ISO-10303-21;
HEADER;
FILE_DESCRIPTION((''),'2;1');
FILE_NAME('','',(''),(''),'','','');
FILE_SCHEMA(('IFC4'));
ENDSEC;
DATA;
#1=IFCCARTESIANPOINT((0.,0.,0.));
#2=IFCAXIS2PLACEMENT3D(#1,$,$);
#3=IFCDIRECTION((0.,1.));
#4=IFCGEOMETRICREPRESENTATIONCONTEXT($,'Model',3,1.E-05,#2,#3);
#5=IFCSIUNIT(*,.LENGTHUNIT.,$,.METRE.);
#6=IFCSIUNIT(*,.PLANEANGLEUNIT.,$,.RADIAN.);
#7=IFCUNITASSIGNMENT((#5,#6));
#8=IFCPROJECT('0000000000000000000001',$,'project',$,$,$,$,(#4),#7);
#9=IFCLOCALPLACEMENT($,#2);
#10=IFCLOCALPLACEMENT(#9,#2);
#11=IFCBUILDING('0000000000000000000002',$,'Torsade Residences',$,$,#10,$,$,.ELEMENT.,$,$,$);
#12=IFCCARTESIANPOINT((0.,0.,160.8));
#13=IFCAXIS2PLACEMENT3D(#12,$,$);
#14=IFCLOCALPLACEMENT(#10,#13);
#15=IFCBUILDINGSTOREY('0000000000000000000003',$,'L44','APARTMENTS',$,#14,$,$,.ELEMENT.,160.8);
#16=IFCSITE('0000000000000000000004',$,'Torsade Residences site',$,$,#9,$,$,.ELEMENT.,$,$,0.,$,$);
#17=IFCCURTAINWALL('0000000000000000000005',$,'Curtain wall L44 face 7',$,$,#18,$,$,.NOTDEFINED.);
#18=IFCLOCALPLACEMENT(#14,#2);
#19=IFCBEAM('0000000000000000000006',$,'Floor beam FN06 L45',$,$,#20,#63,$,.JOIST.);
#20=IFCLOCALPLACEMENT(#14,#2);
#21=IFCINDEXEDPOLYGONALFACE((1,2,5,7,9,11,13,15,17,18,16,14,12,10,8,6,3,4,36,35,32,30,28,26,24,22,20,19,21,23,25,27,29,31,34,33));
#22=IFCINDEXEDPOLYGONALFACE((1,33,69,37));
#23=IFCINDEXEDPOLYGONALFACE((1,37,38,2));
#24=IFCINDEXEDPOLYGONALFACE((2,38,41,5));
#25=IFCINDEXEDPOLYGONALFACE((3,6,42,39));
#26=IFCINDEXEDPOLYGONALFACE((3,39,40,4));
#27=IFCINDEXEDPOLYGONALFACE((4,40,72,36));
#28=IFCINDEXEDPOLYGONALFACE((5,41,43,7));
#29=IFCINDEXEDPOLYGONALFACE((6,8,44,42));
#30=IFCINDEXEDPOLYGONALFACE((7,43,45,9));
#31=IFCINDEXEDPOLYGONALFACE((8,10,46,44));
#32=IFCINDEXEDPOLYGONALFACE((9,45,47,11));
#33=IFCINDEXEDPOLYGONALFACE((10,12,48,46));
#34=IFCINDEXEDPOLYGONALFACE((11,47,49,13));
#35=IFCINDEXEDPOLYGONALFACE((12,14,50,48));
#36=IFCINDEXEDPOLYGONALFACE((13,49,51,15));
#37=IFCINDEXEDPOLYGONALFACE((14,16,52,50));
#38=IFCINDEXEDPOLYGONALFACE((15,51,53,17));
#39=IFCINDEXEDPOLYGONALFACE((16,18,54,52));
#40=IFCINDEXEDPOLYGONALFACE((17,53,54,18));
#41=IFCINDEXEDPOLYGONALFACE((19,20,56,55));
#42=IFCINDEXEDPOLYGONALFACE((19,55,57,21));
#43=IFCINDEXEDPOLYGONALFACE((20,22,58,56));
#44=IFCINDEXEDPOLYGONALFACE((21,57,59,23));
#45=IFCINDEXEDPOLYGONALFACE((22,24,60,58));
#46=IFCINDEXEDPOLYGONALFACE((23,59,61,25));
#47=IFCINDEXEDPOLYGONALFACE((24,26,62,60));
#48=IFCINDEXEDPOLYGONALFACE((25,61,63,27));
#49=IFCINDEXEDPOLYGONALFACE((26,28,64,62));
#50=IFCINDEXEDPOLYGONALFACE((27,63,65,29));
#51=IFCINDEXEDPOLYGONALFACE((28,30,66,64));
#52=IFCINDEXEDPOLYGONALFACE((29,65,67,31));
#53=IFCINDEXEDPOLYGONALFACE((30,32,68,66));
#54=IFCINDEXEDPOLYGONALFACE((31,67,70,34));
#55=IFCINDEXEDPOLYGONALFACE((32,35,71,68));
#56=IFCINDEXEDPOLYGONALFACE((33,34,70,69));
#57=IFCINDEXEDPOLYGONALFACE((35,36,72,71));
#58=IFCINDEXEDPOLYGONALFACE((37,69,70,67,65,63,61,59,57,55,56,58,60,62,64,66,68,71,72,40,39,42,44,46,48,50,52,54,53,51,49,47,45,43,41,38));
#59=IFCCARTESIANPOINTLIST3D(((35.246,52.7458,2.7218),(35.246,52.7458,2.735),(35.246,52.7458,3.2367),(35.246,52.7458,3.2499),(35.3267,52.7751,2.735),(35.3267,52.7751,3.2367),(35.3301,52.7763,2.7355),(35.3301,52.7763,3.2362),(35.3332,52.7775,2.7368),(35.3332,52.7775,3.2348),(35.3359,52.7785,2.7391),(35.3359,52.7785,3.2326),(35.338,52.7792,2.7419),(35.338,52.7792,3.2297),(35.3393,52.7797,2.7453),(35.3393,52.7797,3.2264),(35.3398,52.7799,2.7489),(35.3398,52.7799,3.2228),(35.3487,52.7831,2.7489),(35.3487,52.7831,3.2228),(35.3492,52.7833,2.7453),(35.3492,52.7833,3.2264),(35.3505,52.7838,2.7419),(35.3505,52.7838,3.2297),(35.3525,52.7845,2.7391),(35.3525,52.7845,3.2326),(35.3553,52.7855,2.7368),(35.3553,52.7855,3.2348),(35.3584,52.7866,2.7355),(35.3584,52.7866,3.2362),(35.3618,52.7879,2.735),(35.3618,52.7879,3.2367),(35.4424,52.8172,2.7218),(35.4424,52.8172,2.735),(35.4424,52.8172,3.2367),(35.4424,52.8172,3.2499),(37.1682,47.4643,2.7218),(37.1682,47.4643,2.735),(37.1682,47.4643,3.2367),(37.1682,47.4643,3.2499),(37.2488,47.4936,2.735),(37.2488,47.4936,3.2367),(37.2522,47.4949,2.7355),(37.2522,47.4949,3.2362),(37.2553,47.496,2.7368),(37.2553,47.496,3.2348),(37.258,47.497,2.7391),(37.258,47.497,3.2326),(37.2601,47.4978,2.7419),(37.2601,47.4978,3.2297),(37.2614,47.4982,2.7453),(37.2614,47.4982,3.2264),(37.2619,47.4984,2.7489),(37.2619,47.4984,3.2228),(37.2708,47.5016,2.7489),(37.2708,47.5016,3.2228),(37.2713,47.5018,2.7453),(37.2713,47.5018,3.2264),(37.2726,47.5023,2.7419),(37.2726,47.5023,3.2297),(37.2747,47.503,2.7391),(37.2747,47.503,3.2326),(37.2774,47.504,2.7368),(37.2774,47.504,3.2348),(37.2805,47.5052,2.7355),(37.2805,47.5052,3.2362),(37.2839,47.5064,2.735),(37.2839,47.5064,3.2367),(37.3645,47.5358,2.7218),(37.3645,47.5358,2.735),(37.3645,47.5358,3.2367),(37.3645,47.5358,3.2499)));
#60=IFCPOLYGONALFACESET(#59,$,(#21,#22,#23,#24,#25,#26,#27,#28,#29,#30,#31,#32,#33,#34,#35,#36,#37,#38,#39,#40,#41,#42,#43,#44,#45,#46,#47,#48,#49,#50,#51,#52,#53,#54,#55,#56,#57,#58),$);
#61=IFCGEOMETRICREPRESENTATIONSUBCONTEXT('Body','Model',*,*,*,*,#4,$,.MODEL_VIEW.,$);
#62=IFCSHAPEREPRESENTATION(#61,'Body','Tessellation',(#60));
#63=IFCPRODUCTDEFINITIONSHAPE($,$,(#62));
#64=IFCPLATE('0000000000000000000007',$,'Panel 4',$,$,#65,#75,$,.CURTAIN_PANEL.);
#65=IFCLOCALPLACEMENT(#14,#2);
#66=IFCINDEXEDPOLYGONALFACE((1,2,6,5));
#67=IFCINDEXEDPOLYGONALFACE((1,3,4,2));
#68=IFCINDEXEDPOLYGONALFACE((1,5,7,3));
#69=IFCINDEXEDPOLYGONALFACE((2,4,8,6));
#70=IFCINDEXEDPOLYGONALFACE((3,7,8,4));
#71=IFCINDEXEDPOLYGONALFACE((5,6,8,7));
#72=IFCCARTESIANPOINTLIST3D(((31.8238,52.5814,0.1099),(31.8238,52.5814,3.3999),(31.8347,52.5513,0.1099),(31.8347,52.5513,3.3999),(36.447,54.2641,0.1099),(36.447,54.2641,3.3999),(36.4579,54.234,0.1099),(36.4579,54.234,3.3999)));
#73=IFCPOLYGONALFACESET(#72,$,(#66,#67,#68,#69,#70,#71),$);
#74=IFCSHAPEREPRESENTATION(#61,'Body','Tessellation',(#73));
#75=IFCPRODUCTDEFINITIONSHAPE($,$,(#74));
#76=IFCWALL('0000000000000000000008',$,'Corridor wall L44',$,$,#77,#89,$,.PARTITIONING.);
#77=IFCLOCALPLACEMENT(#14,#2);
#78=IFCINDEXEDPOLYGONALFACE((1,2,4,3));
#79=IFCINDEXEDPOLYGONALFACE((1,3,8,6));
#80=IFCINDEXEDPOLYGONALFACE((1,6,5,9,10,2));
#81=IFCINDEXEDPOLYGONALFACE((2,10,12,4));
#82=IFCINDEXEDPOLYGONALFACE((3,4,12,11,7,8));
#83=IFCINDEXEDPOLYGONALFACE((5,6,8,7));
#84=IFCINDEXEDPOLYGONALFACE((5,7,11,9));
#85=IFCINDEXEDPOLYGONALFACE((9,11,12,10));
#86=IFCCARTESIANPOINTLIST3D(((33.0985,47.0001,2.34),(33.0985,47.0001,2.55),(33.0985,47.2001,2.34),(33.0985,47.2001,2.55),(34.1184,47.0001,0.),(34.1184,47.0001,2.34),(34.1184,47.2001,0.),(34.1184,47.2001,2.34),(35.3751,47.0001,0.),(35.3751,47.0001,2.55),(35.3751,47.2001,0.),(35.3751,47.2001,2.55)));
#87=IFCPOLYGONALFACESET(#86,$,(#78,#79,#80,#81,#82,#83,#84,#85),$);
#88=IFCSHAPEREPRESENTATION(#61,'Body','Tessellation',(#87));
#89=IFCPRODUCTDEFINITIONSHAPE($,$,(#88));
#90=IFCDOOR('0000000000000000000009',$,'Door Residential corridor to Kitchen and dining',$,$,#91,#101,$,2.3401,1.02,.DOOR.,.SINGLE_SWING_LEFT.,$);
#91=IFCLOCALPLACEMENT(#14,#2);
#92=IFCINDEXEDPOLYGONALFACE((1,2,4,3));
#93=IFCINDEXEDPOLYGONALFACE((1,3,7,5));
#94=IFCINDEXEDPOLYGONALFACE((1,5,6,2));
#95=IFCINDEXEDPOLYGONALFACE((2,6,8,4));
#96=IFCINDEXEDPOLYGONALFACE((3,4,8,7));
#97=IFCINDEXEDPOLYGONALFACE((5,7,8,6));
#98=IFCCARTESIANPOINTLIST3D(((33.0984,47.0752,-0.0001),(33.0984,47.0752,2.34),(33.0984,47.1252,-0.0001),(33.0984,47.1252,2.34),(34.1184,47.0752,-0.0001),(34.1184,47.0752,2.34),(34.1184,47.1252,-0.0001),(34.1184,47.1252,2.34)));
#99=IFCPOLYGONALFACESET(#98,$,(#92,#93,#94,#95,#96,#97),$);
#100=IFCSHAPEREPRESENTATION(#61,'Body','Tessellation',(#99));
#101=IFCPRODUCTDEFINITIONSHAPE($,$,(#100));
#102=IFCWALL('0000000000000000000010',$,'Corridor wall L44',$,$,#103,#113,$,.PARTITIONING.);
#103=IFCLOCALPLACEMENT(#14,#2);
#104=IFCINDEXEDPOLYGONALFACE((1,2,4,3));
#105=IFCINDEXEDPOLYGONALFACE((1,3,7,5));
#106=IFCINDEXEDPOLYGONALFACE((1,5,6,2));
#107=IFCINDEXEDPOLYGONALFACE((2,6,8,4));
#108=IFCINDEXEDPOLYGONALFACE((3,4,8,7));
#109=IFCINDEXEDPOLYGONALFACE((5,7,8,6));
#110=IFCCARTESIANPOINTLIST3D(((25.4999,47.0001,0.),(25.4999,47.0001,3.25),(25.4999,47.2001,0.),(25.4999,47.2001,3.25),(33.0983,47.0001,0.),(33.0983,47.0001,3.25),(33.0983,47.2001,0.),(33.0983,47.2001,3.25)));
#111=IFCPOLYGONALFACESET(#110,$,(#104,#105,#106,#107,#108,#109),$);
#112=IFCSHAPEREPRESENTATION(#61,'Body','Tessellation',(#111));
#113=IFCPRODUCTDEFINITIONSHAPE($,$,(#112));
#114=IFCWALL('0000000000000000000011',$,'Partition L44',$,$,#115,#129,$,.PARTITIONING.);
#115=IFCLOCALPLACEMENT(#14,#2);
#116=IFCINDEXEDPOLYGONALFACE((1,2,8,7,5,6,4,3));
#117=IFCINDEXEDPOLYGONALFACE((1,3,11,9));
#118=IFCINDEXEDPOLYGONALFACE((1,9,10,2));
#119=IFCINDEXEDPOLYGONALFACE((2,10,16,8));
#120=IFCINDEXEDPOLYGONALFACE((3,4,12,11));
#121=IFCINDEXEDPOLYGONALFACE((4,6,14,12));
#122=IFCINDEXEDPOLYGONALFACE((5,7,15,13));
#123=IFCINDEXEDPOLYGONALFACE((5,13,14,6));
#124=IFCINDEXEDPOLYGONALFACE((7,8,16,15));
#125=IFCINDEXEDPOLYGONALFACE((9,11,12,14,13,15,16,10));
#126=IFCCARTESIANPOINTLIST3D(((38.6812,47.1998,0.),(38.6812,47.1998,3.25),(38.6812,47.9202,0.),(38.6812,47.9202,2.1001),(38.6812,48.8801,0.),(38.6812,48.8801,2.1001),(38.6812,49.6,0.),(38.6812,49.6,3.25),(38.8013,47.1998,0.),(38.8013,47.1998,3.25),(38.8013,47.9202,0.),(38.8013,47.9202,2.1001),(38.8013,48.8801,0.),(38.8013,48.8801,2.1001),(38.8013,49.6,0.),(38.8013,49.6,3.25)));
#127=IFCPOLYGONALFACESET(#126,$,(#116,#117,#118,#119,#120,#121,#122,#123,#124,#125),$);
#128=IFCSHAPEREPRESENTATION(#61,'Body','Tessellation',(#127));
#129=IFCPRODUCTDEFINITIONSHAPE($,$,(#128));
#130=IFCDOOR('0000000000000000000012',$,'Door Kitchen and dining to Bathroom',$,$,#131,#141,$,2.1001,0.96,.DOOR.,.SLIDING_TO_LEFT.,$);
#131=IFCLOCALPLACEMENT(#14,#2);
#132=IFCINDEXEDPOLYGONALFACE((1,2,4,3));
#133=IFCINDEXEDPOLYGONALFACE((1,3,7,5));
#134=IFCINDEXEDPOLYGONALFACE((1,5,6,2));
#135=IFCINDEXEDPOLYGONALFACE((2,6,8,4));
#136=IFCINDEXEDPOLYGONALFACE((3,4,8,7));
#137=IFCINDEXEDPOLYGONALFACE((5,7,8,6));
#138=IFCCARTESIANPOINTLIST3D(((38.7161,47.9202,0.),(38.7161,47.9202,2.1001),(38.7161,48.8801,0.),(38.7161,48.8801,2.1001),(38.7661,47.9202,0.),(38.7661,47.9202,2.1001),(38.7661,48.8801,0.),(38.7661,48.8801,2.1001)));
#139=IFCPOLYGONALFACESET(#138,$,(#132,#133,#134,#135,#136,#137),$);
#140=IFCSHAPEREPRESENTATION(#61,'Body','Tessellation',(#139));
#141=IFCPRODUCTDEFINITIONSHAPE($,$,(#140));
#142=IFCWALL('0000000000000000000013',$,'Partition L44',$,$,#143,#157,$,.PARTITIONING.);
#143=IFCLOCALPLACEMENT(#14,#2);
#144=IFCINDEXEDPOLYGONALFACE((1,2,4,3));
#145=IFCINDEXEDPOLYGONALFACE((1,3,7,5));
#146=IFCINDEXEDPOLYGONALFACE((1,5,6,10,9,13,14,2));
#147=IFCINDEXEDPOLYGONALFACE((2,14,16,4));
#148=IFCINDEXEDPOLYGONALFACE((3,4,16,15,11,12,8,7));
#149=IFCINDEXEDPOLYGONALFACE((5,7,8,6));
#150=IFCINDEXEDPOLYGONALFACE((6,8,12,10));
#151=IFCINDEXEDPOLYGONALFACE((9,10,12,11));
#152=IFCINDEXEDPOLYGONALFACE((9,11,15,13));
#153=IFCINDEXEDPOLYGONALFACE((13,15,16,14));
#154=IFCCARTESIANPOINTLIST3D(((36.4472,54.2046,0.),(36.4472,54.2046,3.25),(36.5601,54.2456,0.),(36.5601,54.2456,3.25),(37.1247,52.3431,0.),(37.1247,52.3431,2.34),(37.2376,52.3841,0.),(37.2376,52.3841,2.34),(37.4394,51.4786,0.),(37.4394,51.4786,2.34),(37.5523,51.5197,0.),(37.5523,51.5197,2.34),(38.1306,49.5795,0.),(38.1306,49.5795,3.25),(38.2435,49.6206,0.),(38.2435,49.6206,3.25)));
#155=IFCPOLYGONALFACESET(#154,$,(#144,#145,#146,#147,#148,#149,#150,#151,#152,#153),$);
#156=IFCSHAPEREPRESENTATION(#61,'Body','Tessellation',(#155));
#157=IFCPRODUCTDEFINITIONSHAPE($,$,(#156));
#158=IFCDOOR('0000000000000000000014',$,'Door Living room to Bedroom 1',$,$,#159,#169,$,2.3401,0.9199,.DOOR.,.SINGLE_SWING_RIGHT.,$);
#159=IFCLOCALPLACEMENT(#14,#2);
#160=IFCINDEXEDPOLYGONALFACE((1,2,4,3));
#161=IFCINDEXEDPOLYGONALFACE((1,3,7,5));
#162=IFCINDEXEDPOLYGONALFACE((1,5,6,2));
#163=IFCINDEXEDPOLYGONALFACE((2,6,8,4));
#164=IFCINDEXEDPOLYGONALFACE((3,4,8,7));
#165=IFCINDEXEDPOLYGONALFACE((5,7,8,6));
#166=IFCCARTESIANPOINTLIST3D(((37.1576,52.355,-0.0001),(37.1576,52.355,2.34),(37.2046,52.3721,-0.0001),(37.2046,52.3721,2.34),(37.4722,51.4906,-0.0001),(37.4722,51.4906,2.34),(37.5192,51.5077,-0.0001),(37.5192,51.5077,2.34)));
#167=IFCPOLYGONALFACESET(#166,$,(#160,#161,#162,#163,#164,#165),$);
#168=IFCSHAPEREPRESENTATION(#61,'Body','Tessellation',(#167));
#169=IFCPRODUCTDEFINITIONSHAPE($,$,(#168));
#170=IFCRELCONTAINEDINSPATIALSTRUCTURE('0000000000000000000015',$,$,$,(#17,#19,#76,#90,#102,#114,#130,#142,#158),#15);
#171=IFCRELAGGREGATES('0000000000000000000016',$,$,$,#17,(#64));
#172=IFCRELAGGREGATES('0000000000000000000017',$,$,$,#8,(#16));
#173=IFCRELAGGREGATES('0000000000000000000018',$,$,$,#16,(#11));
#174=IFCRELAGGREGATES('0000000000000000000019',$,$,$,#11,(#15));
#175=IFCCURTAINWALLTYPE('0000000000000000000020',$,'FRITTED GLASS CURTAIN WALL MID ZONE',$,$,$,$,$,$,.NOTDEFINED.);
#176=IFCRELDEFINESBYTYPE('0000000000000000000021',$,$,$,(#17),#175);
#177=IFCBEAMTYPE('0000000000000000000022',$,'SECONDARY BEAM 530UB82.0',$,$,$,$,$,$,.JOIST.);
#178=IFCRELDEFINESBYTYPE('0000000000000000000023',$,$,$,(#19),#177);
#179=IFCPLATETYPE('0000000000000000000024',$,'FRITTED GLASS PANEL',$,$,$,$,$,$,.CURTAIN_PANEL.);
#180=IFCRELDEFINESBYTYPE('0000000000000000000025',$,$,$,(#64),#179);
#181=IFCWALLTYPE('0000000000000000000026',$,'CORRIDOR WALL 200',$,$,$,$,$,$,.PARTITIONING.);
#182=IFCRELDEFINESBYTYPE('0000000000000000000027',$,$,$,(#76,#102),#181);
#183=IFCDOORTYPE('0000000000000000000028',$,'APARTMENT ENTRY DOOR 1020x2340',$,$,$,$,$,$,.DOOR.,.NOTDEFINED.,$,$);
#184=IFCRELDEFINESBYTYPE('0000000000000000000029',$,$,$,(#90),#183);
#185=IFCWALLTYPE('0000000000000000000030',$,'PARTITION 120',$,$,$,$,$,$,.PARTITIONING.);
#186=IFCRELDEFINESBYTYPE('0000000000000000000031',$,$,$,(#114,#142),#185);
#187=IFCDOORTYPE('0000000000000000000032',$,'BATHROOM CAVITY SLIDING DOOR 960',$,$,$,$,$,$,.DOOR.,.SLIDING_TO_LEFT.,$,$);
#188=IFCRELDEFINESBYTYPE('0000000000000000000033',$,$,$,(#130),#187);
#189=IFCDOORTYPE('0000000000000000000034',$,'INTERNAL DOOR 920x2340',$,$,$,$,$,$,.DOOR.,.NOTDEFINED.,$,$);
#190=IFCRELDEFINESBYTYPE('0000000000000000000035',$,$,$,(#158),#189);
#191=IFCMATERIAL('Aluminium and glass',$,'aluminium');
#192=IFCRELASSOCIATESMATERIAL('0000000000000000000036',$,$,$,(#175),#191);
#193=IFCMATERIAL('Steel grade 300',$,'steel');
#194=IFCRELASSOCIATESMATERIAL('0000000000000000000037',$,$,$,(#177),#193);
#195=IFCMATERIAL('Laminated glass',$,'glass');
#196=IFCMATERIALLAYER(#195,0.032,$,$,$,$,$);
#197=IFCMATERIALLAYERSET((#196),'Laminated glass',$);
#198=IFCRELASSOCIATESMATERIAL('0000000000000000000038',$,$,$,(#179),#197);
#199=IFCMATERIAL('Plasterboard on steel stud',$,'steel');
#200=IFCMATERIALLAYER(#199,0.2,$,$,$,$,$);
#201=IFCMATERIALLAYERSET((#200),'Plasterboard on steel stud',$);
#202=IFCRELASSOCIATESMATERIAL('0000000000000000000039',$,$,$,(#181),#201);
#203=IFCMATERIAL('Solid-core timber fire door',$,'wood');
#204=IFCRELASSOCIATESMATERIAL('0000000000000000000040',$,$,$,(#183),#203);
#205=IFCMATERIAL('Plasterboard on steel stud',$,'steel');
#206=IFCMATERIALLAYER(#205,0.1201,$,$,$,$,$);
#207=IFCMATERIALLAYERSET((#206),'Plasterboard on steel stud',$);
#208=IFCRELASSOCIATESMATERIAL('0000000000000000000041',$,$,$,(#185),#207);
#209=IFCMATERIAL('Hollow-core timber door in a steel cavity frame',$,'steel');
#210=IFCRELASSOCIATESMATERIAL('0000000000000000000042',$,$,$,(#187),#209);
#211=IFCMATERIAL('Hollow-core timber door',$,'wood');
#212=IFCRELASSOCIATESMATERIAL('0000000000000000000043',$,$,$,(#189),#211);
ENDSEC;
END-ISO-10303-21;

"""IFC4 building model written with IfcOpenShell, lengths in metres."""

from ifc_helpers import new_model, si_unit, direction, frame, frame_2d, origin, origin_2d, place, context, subcontext, project, spatial, rectangle, i_section, extrude, material, layer, layer_set, material_profile, profile_set, type_object, element, fill, aggregate, save


model = new_model("IFC4")

# Units and contexts
model_context = context("Model", 3, precision=1e-05, world=origin(), true_north=direction((0.0, 1.0)))
body_context = subcontext(model_context, "Body", "Model", "MODEL_VIEW")
ifc_project = project(units=[si_unit("LENGTHUNIT", "METRE"), si_unit("PLANEANGLEUNIT", "RADIAN")], contexts=[model_context])

# Site, building, storey
site_placement = place(None, origin())
site = spatial("IfcSite", under=ifc_project, at=site_placement, Name="Torsade Residences site", CompositionType="ELEMENT", RefElevation=0.0)
building_placement = place(site_placement, origin())
building = spatial("IfcBuilding", under=site, at=building_placement, Name="Torsade Residences", CompositionType="ELEMENT")
storey_placement = place(building_placement, frame((0.0, 0.0, 160.8)))
storey = spatial("IfcBuildingStorey", under=building, at=storey_placement, Name="L44", Description="APARTMENTS", CompositionType="ELEMENT", Elevation=160.8)

# Curtain wall
ifc_material_1 = material(Name="Aluminium and glass", Category="aluminium")
curtain_wall_type = type_object("IfcCurtainWallType", Name="FRITTED GLASS CURTAIN WALL MID ZONE", PredefinedType="NOTDEFINED", material=ifc_material_1)
curtain_wall_placement = place(storey_placement, origin())
curtain_wall = element("IfcCurtainWall", 1, at=curtain_wall_placement, inside=storey, type_object=curtain_wall_type, Name="Curtain wall L44 face 7", PredefinedType="NOTDEFINED")

# Beam
ifc_material_2 = material(Name="Steel grade 300", Category="steel")
ifc_material_profile_1 = material_profile(ifc_material_2, i_section(OverallWidth=0.209, OverallDepth=0.5281, WebThickness=0.0095, FlangeThickness=0.0132, FilletRadius=0.0139, at=origin_2d()), Name="530UB82.0")
ifc_profile_set_1 = profile_set([ifc_material_profile_1], Name="Steel grade 300")
beam_type_1 = type_object("IfcBeamType", Name="SECONDARY BEAM 530UB82.0", PredefinedType="JOIST", material=ifc_profile_set_1)
beam_1_placement = place(storey_placement, frame((35.3442, 52.7815, 2.9858), z_axis=(0.341991, -0.939703, 0.0), x_axis=(0.939703, 0.341991, 0.0)))
element("IfcBeam", 2, at=beam_1_placement, inside=storey, type_object=beam_type_1, Name="Floor beam FN06 L45", PredefinedType="JOIST", context=body_context, shape_type="SweptSolid", body=[
    extrude(i_section(OverallWidth=0.209, OverallDepth=0.5281, WebThickness=0.0095, FlangeThickness=0.0132, FilletRadius=0.0139, at=origin_2d()), origin(), (0.0, 0.0, 1.0), 5.6204),
])

# Plate
ifc_material_3 = material(Name="Laminated glass", Category="glass")
ifc_layer_1 = layer(ifc_material_3, 0.032)
ifc_layer_set_1 = layer_set([ifc_layer_1], Name="Laminated glass")
plate_type = type_object("IfcPlateType", Name="FRITTED GLASS PANEL", PredefinedType="CURTAIN_PANEL", material=ifc_layer_set_1)
plate_placement = place(storey_placement, frame((34.1409, 53.4077, 0.1099), z_axis=(0.0, 0.0, 1.0), x_axis=(-0.939693, -0.34202, 0.0)))
plate = element("IfcPlate", 3, at=plate_placement, type_object=plate_type, Name="Panel 4", PredefinedType="CURTAIN_PANEL", context=body_context, shape_type="SweptSolid", body=[
    extrude(rectangle(XDim=4.9199, YDim=0.032, at=origin_2d()), origin(), (0.0, 0.0, 1.0), 3.29),
])
aggregate(curtain_wall, [plate])

# Wall, opening, door
ifc_material_4 = material(Name="Plasterboard on steel stud", Category="steel")
ifc_layer_2 = layer(ifc_material_4, 0.2)
ifc_layer_set_2 = layer_set([ifc_layer_2], Name="Plasterboard on steel stud")
wall_type_1 = type_object("IfcWallType", Name="CORRIDOR WALL 200", PredefinedType="PARTITIONING", material=ifc_layer_set_2)
wall_1_placement = place(storey_placement, frame((35.375, 47.1001, 0.0), z_axis=(0.0, 0.0, 1.0), x_axis=(-1.0, 0.0, 0.0)))
wall_1 = element("IfcWall", 4, at=wall_1_placement, inside=storey, type_object=wall_type_1, Name="Corridor wall L44", PredefinedType="PARTITIONING", context=body_context, shape_type="SweptSolid", body=[
    extrude(rectangle(XDim=2.2766, YDim=0.2, at=frame_2d((1.1382, 0.0))), origin(), (0.0, 0.0, 1.0), 2.55),
])
opening_1_placement = place(wall_1_placement, frame((1.2566, 0.0, 0.0)))
opening_1 = element("IfcOpeningElement", 5, at=opening_1_placement, cuts=wall_1, PredefinedType="OPENING", context=body_context, shape_type="SweptSolid", body=[
    extrude(rectangle(XDim=1.02, YDim=2.3401, at=frame_2d((0.51, 1.1699))), frame((0.0, 0.1099, 0.0), z_axis=(0.0, -1.0, 0.0), x_axis=(1.0, 0.0, 0.0)), (0.0, 0.0, 1.0), 0.22),
])
ifc_material_5 = material(Name="Solid-core timber fire door", Category="wood")
door_type_1 = type_object("IfcDoorType", Name="APARTMENT ENTRY DOOR 1020x2340", OperationType="NOTDEFINED", PredefinedType="DOOR", material=ifc_material_5)
door_1_placement = place(opening_1_placement, origin())
door_1 = element("IfcDoor", 6, at=door_1_placement, inside=storey, type_object=door_type_1, Name="Door Residential corridor to Kitchen and dining", OperationType="SINGLE_SWING_LEFT", OverallHeight=2.3401, OverallWidth=1.02, PredefinedType="DOOR", context=body_context, shape_type="SweptSolid", body=[
    extrude(rectangle(XDim=1.02, YDim=2.3401, at=frame_2d((0.51, 1.1699))), frame((0.0, 0.0249, 0.0), z_axis=(0.0, -1.0, 0.0), x_axis=(1.0, 0.0, 0.0)), (0.0, 0.0, 1.0), 0.05),
])
fill(opening_1, door_1)

# Wall
wall_2_placement = place(storey_placement, frame((33.0984, 47.1001, 0.0), z_axis=(0.0, 0.0, 1.0), x_axis=(-1.0, 0.0, 0.0)))
element("IfcWall", 7, at=wall_2_placement, inside=storey, type_object=wall_type_1, Name="Corridor wall L44", PredefinedType="PARTITIONING", context=body_context, shape_type="SweptSolid", body=[
    extrude(rectangle(XDim=7.5984, YDim=0.2, at=frame_2d((3.7993, 0.0))), origin(), (0.0, 0.0, 1.0), 3.25),
])

# Walls, openings, doors
ifc_material_6 = material(Name="Plasterboard on steel stud", Category="steel")
ifc_layer_3 = layer(ifc_material_6, 0.1201)
ifc_layer_set_3 = layer_set([ifc_layer_3], Name="Plasterboard on steel stud")
wall_type_2 = type_object("IfcWallType", Name="PARTITION 120", PredefinedType="PARTITIONING", material=ifc_layer_set_3)
wall_3_placement = place(storey_placement, frame((38.7412, 49.6001, 0.0), z_axis=(0.0, 0.0, 1.0), x_axis=(0.0, -1.0, 0.0)))
wall_3 = element("IfcWall", 8, at=wall_3_placement, inside=storey, type_object=wall_type_2, Name="Partition L44", PredefinedType="PARTITIONING", context=body_context, shape_type="SweptSolid", body=[
    extrude(rectangle(XDim=2.4001, YDim=0.1201, at=frame_2d((1.2002, 0.0))), origin(), (0.0, 0.0, 1.0), 3.25),
])
opening_2_placement = place(wall_3_placement, frame((0.72, 0.0, 0.0)))
opening_2 = element("IfcOpeningElement", 9, at=opening_2_placement, cuts=wall_3, PredefinedType="OPENING", context=body_context, shape_type="SweptSolid", body=[
    extrude(rectangle(XDim=0.96, YDim=2.1001, at=frame_2d((0.48, 1.05))), frame((0.0, 0.0701, 0.0), z_axis=(0.0, -1.0, 0.0), x_axis=(1.0, 0.0, 0.0)), (0.0, 0.0, 1.0), 0.1401),
])
ifc_material_7 = material(Name="Hollow-core timber door in a steel cavity frame", Category="steel")
door_type_2 = type_object("IfcDoorType", Name="BATHROOM CAVITY SLIDING DOOR 960", OperationType="SLIDING_TO_LEFT", PredefinedType="DOOR", material=ifc_material_7)
door_2_placement = place(opening_2_placement, origin())
door_2 = element("IfcDoor", 10, at=door_2_placement, inside=storey, type_object=door_type_2, Name="Door Kitchen and dining to Bathroom", OperationType="SLIDING_TO_LEFT", OverallHeight=2.1001, OverallWidth=0.96, PredefinedType="DOOR", context=body_context, shape_type="SweptSolid", body=[
    extrude(rectangle(XDim=0.96, YDim=2.1001, at=frame_2d((0.48, 1.05))), frame((0.0, 0.0249, 0.0), z_axis=(0.0, -1.0, 0.0), x_axis=(1.0, 0.0, 0.0)), (0.0, 0.0, 1.0), 0.05),
])
fill(opening_2, door_2)
wall_4_placement = place(storey_placement, frame((36.5037, 54.2251, 0.0), z_axis=(0.0, 0.0, 1.0), x_axis=(0.342018, -0.939693, 0.0)))
wall_4 = element("IfcWall", 11, at=wall_4_placement, inside=storey, type_object=wall_type_2, Name="Partition L44", PredefinedType="PARTITIONING", context=body_context, shape_type="SweptSolid", body=[
    extrude(rectangle(XDim=4.9219, YDim=0.1201, at=frame_2d((2.4609, 0.0))), origin(), (0.0, 0.0, 1.0), 3.25),
])
opening_3_placement = place(wall_4_placement, frame((1.981, 0.0, 0.0)))
opening_3 = element("IfcOpeningElement", 12, at=opening_3_placement, cuts=wall_4, PredefinedType="OPENING", context=body_context, shape_type="SweptSolid", body=[
    extrude(rectangle(XDim=0.9199, YDim=2.3401, at=frame_2d((0.46, 1.1699))), frame((0.0, 0.0701, 0.0), z_axis=(0.0, -1.0, 0.0), x_axis=(1.0, 0.0, 0.0)), (0.0, 0.0, 1.0), 0.1401),
])
ifc_material_8 = material(Name="Hollow-core timber door", Category="wood")
door_type_3 = type_object("IfcDoorType", Name="INTERNAL DOOR 920x2340", OperationType="NOTDEFINED", PredefinedType="DOOR", material=ifc_material_8)
door_3_placement = place(opening_3_placement, origin())
door_3 = element("IfcDoor", 13, at=door_3_placement, inside=storey, type_object=door_type_3, Name="Door Living room to Bedroom 1", OperationType="SINGLE_SWING_RIGHT", OverallHeight=2.3401, OverallWidth=0.9199, PredefinedType="DOOR", context=body_context, shape_type="SweptSolid", body=[
    extrude(rectangle(XDim=0.9199, YDim=2.3401, at=frame_2d((0.46, 1.1699))), frame((0.0, 0.0249, 0.0), z_axis=(0.0, -1.0, 0.0), x_axis=(1.0, 0.0, 0.0)), (0.0, 0.0, 1.0), 0.05),
])
fill(opening_3, door_3)

save(model, "model.ifc")
